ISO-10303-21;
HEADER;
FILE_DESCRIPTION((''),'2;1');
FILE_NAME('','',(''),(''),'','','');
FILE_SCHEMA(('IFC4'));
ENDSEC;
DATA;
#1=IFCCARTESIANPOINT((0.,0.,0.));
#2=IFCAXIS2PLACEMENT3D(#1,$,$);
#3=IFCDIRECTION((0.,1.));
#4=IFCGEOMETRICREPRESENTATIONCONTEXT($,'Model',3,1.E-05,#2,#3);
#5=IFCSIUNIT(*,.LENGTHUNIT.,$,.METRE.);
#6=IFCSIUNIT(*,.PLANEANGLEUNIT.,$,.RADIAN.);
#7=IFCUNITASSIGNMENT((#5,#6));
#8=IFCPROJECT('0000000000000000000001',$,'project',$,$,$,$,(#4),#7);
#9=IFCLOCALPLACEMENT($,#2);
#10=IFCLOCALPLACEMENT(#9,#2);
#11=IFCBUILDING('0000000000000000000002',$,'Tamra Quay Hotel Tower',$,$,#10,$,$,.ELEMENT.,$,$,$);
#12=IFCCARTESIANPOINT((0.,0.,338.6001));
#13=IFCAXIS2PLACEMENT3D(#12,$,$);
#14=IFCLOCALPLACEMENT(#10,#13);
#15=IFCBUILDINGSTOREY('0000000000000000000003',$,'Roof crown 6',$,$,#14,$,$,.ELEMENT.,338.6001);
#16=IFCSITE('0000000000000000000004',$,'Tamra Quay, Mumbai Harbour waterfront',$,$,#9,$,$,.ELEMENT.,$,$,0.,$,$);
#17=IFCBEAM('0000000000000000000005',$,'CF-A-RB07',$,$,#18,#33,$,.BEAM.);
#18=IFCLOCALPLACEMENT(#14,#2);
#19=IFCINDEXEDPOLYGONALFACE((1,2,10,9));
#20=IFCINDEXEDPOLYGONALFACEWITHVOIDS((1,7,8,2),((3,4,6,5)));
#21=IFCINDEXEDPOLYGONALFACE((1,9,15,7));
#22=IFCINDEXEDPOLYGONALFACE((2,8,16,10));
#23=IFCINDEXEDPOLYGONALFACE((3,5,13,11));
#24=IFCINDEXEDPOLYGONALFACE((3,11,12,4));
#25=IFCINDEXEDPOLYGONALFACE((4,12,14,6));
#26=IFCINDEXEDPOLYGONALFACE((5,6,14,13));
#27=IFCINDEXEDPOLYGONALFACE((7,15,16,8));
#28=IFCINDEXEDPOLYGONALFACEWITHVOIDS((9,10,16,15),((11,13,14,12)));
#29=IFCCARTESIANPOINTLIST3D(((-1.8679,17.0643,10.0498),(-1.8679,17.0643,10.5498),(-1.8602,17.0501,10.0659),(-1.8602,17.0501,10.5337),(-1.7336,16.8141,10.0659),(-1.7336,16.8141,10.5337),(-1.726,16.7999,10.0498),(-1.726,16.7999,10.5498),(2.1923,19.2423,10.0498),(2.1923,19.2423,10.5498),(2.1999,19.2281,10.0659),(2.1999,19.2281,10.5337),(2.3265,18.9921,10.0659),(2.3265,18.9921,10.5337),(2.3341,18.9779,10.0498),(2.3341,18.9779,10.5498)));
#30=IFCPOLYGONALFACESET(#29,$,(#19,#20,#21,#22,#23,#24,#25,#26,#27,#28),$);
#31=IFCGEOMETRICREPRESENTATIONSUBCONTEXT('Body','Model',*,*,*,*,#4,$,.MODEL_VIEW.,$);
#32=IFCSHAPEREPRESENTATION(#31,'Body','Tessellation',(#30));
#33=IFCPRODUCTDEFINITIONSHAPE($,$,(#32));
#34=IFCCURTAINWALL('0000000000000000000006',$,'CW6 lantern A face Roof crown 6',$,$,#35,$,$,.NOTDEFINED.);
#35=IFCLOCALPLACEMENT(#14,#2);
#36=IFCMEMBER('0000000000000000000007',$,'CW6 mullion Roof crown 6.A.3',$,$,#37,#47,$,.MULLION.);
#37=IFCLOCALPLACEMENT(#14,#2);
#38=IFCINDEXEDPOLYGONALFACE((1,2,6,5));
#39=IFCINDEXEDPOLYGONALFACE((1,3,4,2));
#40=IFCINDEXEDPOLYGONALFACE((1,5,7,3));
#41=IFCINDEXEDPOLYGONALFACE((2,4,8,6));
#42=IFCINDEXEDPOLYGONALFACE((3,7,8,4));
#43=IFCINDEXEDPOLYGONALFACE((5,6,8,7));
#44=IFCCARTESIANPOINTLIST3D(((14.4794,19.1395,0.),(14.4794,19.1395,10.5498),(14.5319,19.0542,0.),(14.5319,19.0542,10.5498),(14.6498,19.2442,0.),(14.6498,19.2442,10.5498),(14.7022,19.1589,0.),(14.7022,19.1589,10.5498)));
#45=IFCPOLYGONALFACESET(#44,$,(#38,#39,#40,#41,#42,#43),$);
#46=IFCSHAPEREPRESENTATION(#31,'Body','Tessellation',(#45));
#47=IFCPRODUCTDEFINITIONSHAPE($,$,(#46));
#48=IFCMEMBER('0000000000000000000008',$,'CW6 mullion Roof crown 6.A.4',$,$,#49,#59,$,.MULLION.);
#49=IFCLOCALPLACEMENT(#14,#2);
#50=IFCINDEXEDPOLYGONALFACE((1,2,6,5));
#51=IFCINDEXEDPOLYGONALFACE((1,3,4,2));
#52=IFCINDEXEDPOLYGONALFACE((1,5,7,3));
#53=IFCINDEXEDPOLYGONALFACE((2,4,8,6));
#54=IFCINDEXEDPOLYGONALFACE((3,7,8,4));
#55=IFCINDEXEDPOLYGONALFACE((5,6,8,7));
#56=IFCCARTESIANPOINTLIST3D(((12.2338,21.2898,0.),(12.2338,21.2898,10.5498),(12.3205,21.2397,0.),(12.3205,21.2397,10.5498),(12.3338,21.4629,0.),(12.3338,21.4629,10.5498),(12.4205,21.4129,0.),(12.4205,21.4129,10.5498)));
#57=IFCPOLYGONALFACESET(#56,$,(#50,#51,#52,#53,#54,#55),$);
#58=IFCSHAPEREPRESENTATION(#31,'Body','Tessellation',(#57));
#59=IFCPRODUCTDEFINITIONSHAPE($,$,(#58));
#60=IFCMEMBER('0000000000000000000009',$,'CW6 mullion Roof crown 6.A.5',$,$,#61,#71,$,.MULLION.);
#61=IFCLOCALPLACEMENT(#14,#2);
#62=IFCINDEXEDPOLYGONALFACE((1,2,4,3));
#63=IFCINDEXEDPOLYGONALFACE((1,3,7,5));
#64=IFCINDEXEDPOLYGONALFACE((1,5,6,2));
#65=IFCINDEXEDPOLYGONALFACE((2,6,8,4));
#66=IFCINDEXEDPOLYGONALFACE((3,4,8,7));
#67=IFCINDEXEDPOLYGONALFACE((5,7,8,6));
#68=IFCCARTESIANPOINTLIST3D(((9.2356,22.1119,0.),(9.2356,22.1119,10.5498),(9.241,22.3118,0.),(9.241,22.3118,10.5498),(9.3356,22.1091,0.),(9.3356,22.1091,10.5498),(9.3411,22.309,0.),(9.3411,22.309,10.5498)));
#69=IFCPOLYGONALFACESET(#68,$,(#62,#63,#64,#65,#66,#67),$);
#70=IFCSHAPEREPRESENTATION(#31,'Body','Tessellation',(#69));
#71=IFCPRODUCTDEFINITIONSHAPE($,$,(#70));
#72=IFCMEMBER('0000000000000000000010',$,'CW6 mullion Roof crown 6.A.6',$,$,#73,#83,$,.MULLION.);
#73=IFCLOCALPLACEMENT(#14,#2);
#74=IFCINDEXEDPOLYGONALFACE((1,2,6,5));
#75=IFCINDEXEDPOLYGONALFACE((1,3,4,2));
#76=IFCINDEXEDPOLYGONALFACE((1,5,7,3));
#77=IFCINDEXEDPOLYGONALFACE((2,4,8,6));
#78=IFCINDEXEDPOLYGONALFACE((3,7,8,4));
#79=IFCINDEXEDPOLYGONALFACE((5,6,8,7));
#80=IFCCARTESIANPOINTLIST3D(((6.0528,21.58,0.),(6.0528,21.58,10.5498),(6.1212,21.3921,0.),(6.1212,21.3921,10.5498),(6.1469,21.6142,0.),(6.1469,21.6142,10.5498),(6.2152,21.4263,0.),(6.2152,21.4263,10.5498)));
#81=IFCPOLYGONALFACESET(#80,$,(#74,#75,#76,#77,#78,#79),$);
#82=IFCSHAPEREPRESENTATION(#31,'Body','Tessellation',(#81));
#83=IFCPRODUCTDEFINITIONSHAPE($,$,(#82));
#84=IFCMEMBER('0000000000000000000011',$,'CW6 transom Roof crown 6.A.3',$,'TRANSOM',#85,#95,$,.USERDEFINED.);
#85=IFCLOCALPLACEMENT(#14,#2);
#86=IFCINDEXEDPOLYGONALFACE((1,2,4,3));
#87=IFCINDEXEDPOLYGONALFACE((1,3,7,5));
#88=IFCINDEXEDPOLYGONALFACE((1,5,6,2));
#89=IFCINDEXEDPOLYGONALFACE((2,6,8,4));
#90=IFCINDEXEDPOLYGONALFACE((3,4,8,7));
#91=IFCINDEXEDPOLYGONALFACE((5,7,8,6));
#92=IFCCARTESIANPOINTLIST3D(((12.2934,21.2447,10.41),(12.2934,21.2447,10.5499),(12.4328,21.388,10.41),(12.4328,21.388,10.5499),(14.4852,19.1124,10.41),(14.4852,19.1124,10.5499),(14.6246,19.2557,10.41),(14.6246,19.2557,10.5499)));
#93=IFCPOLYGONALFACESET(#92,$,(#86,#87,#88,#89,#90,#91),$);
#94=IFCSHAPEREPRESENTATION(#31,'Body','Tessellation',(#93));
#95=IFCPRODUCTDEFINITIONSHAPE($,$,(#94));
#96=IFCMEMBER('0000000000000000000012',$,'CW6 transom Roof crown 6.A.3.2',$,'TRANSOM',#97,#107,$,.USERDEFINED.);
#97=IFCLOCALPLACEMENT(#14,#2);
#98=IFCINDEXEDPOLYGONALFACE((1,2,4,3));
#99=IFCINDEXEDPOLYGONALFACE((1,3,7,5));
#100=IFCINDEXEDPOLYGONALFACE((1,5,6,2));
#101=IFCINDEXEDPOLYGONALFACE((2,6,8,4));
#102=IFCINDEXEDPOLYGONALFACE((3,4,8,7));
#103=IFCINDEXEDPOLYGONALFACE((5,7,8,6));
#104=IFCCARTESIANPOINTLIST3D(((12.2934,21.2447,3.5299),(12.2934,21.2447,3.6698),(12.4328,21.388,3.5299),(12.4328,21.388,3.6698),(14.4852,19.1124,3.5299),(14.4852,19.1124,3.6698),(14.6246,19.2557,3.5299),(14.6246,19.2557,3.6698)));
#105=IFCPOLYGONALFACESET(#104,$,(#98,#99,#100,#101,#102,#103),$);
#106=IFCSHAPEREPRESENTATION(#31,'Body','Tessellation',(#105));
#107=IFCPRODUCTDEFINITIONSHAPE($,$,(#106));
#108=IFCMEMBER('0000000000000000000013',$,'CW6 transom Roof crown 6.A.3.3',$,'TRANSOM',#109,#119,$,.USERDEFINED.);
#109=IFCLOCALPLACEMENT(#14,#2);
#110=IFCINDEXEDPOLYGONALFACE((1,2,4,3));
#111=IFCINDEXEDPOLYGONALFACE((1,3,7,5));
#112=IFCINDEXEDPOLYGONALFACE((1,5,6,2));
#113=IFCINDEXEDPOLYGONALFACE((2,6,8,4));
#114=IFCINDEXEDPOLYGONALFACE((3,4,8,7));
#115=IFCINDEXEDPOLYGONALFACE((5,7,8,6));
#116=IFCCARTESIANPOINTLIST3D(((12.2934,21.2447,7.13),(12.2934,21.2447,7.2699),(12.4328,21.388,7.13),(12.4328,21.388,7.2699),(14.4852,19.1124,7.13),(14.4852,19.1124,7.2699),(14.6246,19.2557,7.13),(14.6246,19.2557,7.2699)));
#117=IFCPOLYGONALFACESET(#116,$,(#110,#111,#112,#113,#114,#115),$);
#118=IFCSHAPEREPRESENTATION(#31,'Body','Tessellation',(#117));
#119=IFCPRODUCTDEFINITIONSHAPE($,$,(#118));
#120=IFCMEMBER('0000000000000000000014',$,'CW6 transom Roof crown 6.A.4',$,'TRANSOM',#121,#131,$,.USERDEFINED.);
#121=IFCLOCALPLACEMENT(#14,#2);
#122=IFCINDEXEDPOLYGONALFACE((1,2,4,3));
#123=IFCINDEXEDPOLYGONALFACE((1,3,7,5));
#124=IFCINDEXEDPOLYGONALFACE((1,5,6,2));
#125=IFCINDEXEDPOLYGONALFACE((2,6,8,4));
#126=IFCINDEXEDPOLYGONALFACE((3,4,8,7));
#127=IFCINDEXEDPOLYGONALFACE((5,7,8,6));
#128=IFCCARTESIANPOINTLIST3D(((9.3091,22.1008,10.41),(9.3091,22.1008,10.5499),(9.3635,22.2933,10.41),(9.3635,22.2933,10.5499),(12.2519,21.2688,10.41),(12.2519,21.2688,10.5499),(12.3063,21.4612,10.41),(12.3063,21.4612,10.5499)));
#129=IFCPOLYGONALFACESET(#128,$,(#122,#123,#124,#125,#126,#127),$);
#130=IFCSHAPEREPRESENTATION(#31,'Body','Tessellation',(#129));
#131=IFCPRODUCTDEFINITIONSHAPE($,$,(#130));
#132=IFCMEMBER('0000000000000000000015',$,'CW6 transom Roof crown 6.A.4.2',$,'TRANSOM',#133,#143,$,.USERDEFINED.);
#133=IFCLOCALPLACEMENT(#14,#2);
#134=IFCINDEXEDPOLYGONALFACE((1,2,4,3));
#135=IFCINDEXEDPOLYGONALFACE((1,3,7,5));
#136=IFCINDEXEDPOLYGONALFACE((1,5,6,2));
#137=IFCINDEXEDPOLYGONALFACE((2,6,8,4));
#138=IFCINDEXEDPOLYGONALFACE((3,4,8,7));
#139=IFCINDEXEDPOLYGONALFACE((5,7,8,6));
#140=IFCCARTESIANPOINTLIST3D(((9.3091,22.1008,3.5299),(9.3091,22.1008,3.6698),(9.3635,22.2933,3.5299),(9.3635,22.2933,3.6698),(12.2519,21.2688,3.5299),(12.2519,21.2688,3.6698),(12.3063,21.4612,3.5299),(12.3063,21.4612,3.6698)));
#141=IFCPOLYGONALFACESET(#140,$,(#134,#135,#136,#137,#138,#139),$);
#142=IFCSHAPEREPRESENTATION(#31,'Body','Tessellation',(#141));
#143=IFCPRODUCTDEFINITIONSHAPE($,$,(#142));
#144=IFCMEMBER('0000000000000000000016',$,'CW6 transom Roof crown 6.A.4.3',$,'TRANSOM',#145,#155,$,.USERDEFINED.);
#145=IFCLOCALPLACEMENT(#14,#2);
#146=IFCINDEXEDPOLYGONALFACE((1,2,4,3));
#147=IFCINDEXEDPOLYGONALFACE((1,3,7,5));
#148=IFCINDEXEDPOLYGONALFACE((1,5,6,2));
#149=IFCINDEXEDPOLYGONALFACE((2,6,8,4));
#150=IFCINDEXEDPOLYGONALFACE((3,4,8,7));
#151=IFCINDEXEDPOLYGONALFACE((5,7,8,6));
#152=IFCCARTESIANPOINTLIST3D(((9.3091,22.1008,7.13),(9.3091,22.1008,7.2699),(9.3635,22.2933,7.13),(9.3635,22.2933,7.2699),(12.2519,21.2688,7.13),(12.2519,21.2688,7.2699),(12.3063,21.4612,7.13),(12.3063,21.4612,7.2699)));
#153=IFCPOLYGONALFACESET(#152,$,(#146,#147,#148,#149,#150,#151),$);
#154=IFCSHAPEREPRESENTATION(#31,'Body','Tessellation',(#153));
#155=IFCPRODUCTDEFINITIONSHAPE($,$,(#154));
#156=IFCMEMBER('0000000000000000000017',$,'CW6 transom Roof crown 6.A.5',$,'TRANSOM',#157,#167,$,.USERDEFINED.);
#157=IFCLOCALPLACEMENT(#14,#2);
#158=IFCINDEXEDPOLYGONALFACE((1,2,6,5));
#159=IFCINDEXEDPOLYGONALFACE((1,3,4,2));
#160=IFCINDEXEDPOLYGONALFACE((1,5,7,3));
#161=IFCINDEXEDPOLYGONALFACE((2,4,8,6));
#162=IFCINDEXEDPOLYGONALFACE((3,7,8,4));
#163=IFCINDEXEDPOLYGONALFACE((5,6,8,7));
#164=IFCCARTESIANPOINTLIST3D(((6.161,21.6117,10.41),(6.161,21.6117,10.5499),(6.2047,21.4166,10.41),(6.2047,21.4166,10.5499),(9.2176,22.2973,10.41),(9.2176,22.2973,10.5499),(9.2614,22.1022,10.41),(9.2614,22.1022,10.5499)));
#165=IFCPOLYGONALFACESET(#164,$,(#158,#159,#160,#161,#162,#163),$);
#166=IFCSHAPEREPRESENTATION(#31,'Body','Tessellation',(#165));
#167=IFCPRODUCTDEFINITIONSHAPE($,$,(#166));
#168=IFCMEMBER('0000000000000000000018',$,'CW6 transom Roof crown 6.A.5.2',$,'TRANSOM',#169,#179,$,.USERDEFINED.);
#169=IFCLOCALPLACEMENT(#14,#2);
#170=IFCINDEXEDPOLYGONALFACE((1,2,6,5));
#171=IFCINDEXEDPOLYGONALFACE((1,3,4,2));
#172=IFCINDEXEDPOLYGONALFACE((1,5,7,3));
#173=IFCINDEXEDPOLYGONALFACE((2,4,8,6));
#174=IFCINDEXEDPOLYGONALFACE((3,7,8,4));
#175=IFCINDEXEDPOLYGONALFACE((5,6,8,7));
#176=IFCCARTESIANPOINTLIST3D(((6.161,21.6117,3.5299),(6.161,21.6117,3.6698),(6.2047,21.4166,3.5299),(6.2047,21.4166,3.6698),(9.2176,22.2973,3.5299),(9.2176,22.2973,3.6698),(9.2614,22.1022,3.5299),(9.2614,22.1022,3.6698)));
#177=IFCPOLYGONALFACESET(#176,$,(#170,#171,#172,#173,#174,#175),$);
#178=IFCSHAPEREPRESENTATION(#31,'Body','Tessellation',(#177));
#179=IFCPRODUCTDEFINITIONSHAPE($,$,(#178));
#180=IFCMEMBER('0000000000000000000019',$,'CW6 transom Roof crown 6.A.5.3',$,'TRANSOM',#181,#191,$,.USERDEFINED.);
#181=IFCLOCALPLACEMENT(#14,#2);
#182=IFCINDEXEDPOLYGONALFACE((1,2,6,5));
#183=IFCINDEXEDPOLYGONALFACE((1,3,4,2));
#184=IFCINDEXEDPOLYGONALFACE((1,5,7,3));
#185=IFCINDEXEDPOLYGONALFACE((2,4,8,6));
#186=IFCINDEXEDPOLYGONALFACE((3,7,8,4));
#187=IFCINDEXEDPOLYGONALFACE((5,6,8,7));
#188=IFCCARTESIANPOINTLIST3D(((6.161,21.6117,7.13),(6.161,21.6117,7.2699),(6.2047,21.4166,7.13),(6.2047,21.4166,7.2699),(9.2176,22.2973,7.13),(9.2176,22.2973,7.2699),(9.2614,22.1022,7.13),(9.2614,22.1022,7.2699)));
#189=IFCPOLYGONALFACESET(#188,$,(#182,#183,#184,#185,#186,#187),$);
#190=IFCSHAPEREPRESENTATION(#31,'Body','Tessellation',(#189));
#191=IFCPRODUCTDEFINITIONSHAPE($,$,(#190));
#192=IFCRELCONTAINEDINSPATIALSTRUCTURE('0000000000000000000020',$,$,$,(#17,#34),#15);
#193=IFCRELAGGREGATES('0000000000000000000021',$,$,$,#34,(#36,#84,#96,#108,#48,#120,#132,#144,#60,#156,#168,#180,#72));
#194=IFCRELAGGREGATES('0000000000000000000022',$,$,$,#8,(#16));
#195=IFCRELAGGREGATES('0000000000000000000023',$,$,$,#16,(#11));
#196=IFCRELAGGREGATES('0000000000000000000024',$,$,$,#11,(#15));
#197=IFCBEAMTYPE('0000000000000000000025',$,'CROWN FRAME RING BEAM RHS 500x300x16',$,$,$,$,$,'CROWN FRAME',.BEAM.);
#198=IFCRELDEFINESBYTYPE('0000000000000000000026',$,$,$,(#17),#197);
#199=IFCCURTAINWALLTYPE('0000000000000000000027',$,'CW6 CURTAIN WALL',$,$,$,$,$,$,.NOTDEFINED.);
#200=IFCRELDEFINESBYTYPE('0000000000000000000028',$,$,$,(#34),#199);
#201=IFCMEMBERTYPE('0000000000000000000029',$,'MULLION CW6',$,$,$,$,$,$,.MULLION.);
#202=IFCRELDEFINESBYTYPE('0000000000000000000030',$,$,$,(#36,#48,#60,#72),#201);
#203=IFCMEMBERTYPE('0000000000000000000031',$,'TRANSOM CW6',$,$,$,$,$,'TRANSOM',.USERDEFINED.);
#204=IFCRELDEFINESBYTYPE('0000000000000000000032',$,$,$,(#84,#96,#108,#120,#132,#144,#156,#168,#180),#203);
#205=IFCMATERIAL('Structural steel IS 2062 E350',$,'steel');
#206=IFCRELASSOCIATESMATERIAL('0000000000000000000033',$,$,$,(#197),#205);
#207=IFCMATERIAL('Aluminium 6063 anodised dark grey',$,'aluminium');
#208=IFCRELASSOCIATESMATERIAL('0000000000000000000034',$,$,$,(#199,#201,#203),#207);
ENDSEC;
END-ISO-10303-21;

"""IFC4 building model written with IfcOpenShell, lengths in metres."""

from ifc_helpers import new_model, si_unit, direction, frame, origin, origin_2d, place, context, subcontext, project, spatial, rectangle, hollow_rectangle, extrude, material, material_profile, profile_set, type_object, element, aggregate, save


model = new_model("IFC4")

# Units and contexts
model_context = context("Model", 3, precision=1e-05, world=origin(), true_north=direction((0.0, 1.0)))
body_context = subcontext(model_context, "Body", "Model", "MODEL_VIEW")
ifc_project = project(units=[si_unit("LENGTHUNIT", "METRE"), si_unit("PLANEANGLEUNIT", "RADIAN")], contexts=[model_context])

# Site, building, storey
site_placement = place(None, origin())
site = spatial("IfcSite", under=ifc_project, at=site_placement, Name="Tamra Quay, Mumbai Harbour waterfront", CompositionType="ELEMENT", RefElevation=0.0)
building_placement = place(site_placement, origin())
building = spatial("IfcBuilding", under=site, at=building_placement, Name="Tamra Quay Hotel Tower", CompositionType="ELEMENT")
storey_placement = place(building_placement, frame((0.0, 0.0, 338.6001)))
storey = spatial("IfcBuildingStorey", under=building, at=storey_placement, Name="Roof crown 6", CompositionType="ELEMENT", Elevation=338.6001)

# Shared definitions
ifc_material_1 = material(Name="Structural steel IS 2062 E350", Category="steel")

# Beam
ifc_material_profile_1 = material_profile(ifc_material_1, hollow_rectangle(XDim=0.3, YDim=0.5, WallThickness=0.0161, at=origin_2d()), Name="RHS 500x300x16")
ifc_profile_set_1 = profile_set([ifc_material_profile_1], Name="Structural steel IS 2062 E350")
beam_type = type_object("IfcBeamType", Name="CROWN FRAME RING BEAM RHS 500x300x16", ElementType="CROWN FRAME", PredefinedType="BEAM", material=ifc_profile_set_1)
beam_1_placement = place(storey_placement, frame((2.2632, 19.1101, 10.2998), z_axis=(-0.881214, -0.472718, 0.0), x_axis=(0.472718, -0.881214, 0.0)))
element("IfcBeam", 1, at=beam_1_placement, inside=storey, type_object=beam_type, Name="CF-A-RB07", PredefinedType="BEAM", context=body_context, shape_type="SweptSolid", body=[
    extrude(hollow_rectangle(XDim=0.3, YDim=0.5, WallThickness=0.0161, at=origin_2d()), origin(), (0.0, 0.0, 1.0), 4.6074),
])

# Curtain wall, members
ifc_material_2 = material(Name="Aluminium 6063 anodised dark grey", Category="aluminium")
curtain_wall_type = type_object("IfcCurtainWallType", Name="CW6 CURTAIN WALL", PredefinedType="NOTDEFINED", material=ifc_material_2)
curtain_wall_placement = place(storey_placement, origin())
curtain_wall = element("IfcCurtainWall", 2, at=curtain_wall_placement, inside=storey, type_object=curtain_wall_type, Name="CW6 lantern A face Roof crown 6", PredefinedType="NOTDEFINED")
ifc_material_profile_2 = material_profile(ifc_material_2, rectangle(XDim=0.2, YDim=0.1001, at=origin_2d()), Name="MULLION 100X200")
ifc_profile_set_2 = profile_set([ifc_material_profile_2], Name="Aluminium 6063 anodised dark grey")
member_type_1 = type_object("IfcMemberType", Name="MULLION CW6", PredefinedType="MULLION", material=ifc_profile_set_2)
member_1_placement = place(storey_placement, frame((14.5908, 19.1492, 0.0), z_axis=(0.0, 0.0, 1.0), x_axis=(0.851964, 0.5236, 0.0)))
member_1 = element("IfcMember", 3, at=member_1_placement, type_object=member_type_1, Name="CW6 mullion Roof crown 6.A.3", PredefinedType="MULLION", context=body_context, shape_type="SweptSolid", body=[
    extrude(rectangle(XDim=0.2, YDim=0.1001, at=origin_2d()), origin(), (0.0, 0.0, 1.0), 10.5498),
])
member_2_placement = place(storey_placement, frame((12.3271, 21.3513, 0.0), z_axis=(0.0, 0.0, 1.0), x_axis=(0.5, 0.866025, 0.0)))
member_2 = element("IfcMember", 4, at=member_2_placement, type_object=member_type_1, Name="CW6 mullion Roof crown 6.A.4", PredefinedType="MULLION", context=body_context, shape_type="SweptSolid", body=[
    extrude(rectangle(XDim=0.2, YDim=0.1001, at=origin_2d()), origin(), (0.0, 0.0, 1.0), 10.5498),
])
member_3_placement = place(storey_placement, frame((9.2883, 22.2104, 0.0), z_axis=(0.0, 0.0, 1.0), x_axis=(0.027469, 0.999623, 0.0)))
member_3 = element("IfcMember", 5, at=member_3_placement, type_object=member_type_1, Name="CW6 mullion Roof crown 6.A.5", PredefinedType="MULLION", context=body_context, shape_type="SweptSolid", body=[
    extrude(rectangle(XDim=0.2, YDim=0.1001, at=origin_2d()), origin(), (0.0, 0.0, 1.0), 10.5498),
])
member_4_placement = place(storey_placement, frame((6.134, 21.5032, 0.0), z_axis=(0.0, 0.0, 1.0), x_axis=(-0.341653, 0.939826, 0.0)))
member_4 = element("IfcMember", 6, at=member_4_placement, type_object=member_type_1, Name="CW6 mullion Roof crown 6.A.6", PredefinedType="MULLION", context=body_context, shape_type="SweptSolid", body=[
    extrude(rectangle(XDim=0.2, YDim=0.1001, at=origin_2d()), origin(), (0.0, 0.0, 1.0), 10.5498),
])
ifc_material_profile_3 = material_profile(ifc_material_2, rectangle(XDim=0.2, YDim=0.1399, at=origin_2d()), Name="TRANSOM 200X140")
ifc_profile_set_3 = profile_set([ifc_material_profile_3], Name="Aluminium 6063 anodised dark grey")
member_type_2 = type_object("IfcMemberType", Name="TRANSOM CW6", ElementType="TRANSOM", PredefinedType="USERDEFINED", material=ifc_profile_set_3)
member_5_placement = place(storey_placement, frame((14.5549, 19.1841, 10.48), z_axis=(-0.71678, 0.6973, 0.0), x_axis=(-0.6973, -0.71678, 0.0)))
member_5 = element("IfcMember", 7, at=member_5_placement, type_object=member_type_2, Name="CW6 transom Roof crown 6.A.3", ObjectType="TRANSOM", PredefinedType="USERDEFINED", context=body_context, shape_type="SweptSolid", body=[
    extrude(rectangle(XDim=0.2, YDim=0.1399, at=origin_2d()), origin(), (0.0, 0.0, 1.0), 3.0579),
])
member_6_placement = place(storey_placement, frame((14.5549, 19.1841, 3.5999), z_axis=(-0.71678, 0.6973, 0.0), x_axis=(-0.6973, -0.71678, 0.0)))
member_6 = element("IfcMember", 8, at=member_6_placement, type_object=member_type_2, Name="CW6 transom Roof crown 6.A.3.2", ObjectType="TRANSOM", PredefinedType="USERDEFINED", context=body_context, shape_type="SweptSolid", body=[
    extrude(rectangle(XDim=0.2, YDim=0.1399, at=origin_2d()), origin(), (0.0, 0.0, 1.0), 3.0579),
])
member_7_placement = place(storey_placement, frame((14.5549, 19.1841, 7.2), z_axis=(-0.71678, 0.6973, 0.0), x_axis=(-0.6973, -0.71678, 0.0)))
member_7 = element("IfcMember", 9, at=member_7_placement, type_object=member_type_2, Name="CW6 transom Roof crown 6.A.3.3", ObjectType="TRANSOM", PredefinedType="USERDEFINED", context=body_context, shape_type="SweptSolid", body=[
    extrude(rectangle(XDim=0.2, YDim=0.1399, at=origin_2d()), origin(), (0.0, 0.0, 1.0), 3.0579),
])
member_8_placement = place(storey_placement, frame((12.2791, 21.365, 10.48), z_axis=(-0.962274, 0.272084, 0.0), x_axis=(-0.272084, -0.962274, 0.0)))
member_8 = element("IfcMember", 10, at=member_8_placement, type_object=member_type_2, Name="CW6 transom Roof crown 6.A.4", ObjectType="TRANSOM", PredefinedType="USERDEFINED", context=body_context, shape_type="SweptSolid", body=[
    extrude(rectangle(XDim=0.2, YDim=0.1399, at=origin_2d()), origin(), (0.0, 0.0, 1.0), 3.0581),
])
member_9_placement = place(storey_placement, frame((12.2791, 21.365, 3.5999), z_axis=(-0.962274, 0.272084, 0.0), x_axis=(-0.272084, -0.962274, 0.0)))
member_9 = element("IfcMember", 11, at=member_9_placement, type_object=member_type_2, Name="CW6 transom Roof crown 6.A.4.2", ObjectType="TRANSOM", PredefinedType="USERDEFINED", context=body_context, shape_type="SweptSolid", body=[
    extrude(rectangle(XDim=0.2, YDim=0.1399, at=origin_2d()), origin(), (0.0, 0.0, 1.0), 3.0581),
])
member_10_placement = place(storey_placement, frame((12.2791, 21.365, 7.2), z_axis=(-0.962274, 0.272084, 0.0), x_axis=(-0.272084, -0.962274, 0.0)))
member_10 = element("IfcMember", 12, at=member_10_placement, type_object=member_type_2, Name="CW6 transom Roof crown 6.A.4.3", ObjectType="TRANSOM", PredefinedType="USERDEFINED", context=body_context, shape_type="SweptSolid", body=[
    extrude(rectangle(XDim=0.2, YDim=0.1399, at=origin_2d()), origin(), (0.0, 0.0, 1.0), 3.0581),
])
member_11_placement = place(storey_placement, frame((9.2395, 22.1997, 10.48), z_axis=(-0.97576, -0.218845, 0.0), x_axis=(0.218845, -0.97576, 0.0)))
member_11 = element("IfcMember", 13, at=member_11_placement, type_object=member_type_2, Name="CW6 transom Roof crown 6.A.5", ObjectType="TRANSOM", PredefinedType="USERDEFINED", context=body_context, shape_type="SweptSolid", body=[
    extrude(rectangle(XDim=0.2, YDim=0.1399, at=origin_2d()), origin(), (0.0, 0.0, 1.0), 3.1326),
])
member_12_placement = place(storey_placement, frame((9.2395, 22.1997, 3.5999), z_axis=(-0.97576, -0.218845, 0.0), x_axis=(0.218845, -0.97576, 0.0)))
member_12 = element("IfcMember", 14, at=member_12_placement, type_object=member_type_2, Name="CW6 transom Roof crown 6.A.5.2", ObjectType="TRANSOM", PredefinedType="USERDEFINED", context=body_context, shape_type="SweptSolid", body=[
    extrude(rectangle(XDim=0.2, YDim=0.1399, at=origin_2d()), origin(), (0.0, 0.0, 1.0), 3.1326),
])
member_13_placement = place(storey_placement, frame((9.2395, 22.1997, 7.2), z_axis=(-0.97576, -0.218845, 0.0), x_axis=(0.218845, -0.97576, 0.0)))
member_13 = element("IfcMember", 15, at=member_13_placement, type_object=member_type_2, Name="CW6 transom Roof crown 6.A.5.3", ObjectType="TRANSOM", PredefinedType="USERDEFINED", context=body_context, shape_type="SweptSolid", body=[
    extrude(rectangle(XDim=0.2, YDim=0.1399, at=origin_2d()), origin(), (0.0, 0.0, 1.0), 3.1326),
])
aggregate(curtain_wall, [member_1, member_5, member_6, member_7, member_2, member_8, member_9, member_10, member_3, member_11, member_12, member_13, member_4])

save(model, "model.ifc")
